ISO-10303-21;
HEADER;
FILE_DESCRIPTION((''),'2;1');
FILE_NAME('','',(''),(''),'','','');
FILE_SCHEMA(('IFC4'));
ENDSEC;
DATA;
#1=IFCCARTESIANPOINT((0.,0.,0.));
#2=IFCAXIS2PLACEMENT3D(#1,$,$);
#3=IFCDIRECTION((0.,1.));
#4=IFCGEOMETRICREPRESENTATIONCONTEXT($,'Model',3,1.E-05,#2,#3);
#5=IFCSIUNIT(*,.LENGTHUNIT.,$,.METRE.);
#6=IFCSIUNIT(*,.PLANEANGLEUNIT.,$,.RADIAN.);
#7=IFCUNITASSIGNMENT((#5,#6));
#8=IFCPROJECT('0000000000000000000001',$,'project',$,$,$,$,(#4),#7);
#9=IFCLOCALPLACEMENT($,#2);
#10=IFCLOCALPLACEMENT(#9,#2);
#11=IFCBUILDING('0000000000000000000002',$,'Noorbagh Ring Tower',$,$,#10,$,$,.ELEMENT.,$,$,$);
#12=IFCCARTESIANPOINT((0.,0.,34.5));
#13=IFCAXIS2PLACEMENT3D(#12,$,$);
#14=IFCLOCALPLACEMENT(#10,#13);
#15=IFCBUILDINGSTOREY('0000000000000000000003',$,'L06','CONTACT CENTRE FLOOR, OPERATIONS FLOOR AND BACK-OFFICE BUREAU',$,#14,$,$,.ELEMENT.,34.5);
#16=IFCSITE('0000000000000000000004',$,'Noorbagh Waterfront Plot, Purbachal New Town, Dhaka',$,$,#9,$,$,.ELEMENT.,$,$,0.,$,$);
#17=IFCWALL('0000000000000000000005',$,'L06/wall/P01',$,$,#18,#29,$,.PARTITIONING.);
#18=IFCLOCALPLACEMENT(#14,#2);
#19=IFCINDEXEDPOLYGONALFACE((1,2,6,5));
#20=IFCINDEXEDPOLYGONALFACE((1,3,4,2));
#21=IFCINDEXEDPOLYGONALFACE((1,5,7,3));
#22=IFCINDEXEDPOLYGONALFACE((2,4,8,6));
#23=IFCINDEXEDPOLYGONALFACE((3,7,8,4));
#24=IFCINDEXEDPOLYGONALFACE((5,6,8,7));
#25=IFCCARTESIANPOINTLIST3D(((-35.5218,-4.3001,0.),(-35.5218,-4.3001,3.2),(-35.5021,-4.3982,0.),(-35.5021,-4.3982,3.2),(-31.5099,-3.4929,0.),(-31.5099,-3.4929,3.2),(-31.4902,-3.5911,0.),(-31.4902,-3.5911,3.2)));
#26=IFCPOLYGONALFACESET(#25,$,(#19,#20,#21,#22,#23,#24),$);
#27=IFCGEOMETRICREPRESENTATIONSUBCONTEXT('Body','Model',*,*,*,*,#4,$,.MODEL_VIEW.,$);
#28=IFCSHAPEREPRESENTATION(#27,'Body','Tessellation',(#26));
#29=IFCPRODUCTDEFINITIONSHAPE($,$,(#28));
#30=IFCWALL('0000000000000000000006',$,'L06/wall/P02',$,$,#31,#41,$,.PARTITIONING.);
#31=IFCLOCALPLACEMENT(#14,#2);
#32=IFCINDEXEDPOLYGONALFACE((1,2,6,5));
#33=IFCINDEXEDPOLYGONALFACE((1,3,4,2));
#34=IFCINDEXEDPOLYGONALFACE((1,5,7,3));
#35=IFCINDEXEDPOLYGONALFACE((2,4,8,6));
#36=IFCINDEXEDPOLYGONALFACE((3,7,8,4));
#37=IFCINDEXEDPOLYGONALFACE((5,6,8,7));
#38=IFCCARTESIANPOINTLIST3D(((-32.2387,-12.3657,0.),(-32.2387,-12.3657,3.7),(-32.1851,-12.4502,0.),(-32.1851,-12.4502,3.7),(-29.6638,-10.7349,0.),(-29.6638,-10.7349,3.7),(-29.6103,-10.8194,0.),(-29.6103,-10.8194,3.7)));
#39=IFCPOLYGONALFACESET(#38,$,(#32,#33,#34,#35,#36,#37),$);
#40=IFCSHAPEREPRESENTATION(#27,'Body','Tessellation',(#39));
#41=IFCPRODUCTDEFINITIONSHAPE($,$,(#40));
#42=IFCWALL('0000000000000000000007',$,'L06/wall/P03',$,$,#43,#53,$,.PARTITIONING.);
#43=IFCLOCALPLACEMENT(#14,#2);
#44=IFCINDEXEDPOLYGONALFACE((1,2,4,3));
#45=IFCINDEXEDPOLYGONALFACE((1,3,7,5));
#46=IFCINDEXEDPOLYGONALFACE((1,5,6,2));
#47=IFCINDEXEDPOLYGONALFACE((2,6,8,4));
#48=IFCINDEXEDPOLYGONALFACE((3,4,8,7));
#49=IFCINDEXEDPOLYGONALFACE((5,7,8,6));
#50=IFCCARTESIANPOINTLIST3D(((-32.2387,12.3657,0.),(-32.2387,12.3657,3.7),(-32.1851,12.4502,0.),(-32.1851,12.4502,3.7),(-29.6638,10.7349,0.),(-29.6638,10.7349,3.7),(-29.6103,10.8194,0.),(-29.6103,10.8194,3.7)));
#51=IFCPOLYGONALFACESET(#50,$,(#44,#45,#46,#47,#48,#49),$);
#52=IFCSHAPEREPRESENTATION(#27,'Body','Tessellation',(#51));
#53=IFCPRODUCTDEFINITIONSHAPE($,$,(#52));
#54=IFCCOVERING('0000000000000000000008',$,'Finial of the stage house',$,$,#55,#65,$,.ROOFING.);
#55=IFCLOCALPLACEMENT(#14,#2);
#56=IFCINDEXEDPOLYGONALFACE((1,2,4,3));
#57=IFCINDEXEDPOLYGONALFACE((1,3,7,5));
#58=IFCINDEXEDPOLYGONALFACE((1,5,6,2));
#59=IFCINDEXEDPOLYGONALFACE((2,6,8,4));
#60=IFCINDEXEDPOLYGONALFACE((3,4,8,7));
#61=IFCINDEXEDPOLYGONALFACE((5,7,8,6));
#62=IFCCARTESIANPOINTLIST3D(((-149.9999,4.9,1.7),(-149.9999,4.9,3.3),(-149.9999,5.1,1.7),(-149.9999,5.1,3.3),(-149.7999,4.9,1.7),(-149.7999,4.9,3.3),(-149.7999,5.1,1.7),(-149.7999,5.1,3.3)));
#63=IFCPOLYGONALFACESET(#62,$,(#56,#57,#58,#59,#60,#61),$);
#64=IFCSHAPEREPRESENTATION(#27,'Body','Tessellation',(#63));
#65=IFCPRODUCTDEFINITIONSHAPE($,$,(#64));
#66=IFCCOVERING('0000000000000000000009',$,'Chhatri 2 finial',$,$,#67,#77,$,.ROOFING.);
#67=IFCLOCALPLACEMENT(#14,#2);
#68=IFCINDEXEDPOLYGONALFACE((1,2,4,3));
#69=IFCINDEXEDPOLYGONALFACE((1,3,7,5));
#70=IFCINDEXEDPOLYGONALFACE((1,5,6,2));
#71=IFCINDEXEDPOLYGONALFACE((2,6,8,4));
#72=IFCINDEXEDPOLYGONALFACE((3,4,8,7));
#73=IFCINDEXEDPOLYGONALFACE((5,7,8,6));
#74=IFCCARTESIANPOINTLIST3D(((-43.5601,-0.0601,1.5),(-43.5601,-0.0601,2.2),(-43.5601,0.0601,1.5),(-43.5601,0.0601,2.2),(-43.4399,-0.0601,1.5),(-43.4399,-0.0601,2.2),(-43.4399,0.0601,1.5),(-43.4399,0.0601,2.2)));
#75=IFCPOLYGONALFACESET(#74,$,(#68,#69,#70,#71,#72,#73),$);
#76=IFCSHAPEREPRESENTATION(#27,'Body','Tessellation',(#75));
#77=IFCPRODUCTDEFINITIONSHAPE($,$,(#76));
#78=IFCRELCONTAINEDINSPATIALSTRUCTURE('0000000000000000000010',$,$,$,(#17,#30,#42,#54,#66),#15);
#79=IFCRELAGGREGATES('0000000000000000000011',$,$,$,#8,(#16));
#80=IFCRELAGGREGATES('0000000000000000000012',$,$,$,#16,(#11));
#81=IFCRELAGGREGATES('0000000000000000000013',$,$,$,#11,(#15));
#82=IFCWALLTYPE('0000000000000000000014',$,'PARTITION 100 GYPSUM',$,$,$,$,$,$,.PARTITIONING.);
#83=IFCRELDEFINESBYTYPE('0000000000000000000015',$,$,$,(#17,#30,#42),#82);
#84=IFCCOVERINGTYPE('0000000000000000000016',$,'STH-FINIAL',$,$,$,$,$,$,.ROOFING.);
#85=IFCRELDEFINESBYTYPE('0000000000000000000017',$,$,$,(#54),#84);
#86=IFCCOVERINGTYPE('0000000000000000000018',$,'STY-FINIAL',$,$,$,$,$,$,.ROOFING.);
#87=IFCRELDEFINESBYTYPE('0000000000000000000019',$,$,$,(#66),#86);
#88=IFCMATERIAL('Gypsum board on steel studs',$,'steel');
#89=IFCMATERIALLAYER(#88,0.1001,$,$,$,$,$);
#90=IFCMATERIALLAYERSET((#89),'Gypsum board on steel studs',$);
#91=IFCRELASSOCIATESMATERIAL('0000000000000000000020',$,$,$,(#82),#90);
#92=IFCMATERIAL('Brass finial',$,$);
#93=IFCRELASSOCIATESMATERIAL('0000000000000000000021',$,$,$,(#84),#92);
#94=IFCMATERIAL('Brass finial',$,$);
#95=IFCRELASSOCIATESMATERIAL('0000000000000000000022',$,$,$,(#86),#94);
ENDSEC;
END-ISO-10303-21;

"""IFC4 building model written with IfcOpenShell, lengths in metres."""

from ifc_helpers import new_model, si_unit, direction, frame, frame_2d, origin, origin_2d, place, context, subcontext, project, spatial, rectangle, extrude, material, layer, layer_set, type_object, element, save


model = new_model("IFC4")

# Units and contexts
model_context = context("Model", 3, precision=1e-05, world=origin(), true_north=direction((0.0, 1.0)))
body_context = subcontext(model_context, "Body", "Model", "MODEL_VIEW")
ifc_project = project(units=[si_unit("LENGTHUNIT", "METRE"), si_unit("PLANEANGLEUNIT", "RADIAN")], contexts=[model_context])

# Site, building, storey
site_placement = place(None, origin())
site = spatial("IfcSite", under=ifc_project, at=site_placement, Name="Noorbagh Waterfront Plot, Purbachal New Town, Dhaka", CompositionType="ELEMENT", RefElevation=0.0)
building_placement = place(site_placement, origin())
building = spatial("IfcBuilding", under=site, at=building_placement, Name="Noorbagh Ring Tower", CompositionType="ELEMENT")
storey_placement = place(building_placement, frame((0.0, 0.0, 34.5)))
storey = spatial("IfcBuildingStorey", under=building, at=storey_placement, Name="L06", Description="CONTACT CENTRE FLOOR, OPERATIONS FLOOR AND BACK-OFFICE BUREAU", CompositionType="ELEMENT", Elevation=34.5)

# Walls
ifc_material_1 = material(Name="Gypsum board on steel studs", Category="steel")
ifc_layer_1 = layer(ifc_material_1, 0.1001)
ifc_layer_set_1 = layer_set([ifc_layer_1], Name="Gypsum board on steel studs")
wall_type_1 = type_object("IfcWallType", Name="PARTITION 100 GYPSUM", PredefinedType="PARTITIONING", material=ifc_layer_set_1)
wall_1_placement = place(storey_placement, frame((-35.512, -4.3491, 0.0), z_axis=(0.0, 0.0, 1.0), x_axis=(0.980357, 0.197229, 0.0)))
element("IfcWall", 1, at=wall_1_placement, inside=storey, type_object=wall_type_1, Name="L06/wall/P01", PredefinedType="PARTITIONING", context=body_context, shape_type="SweptSolid", body=[
    extrude(rectangle(XDim=4.0923, YDim=0.1001, at=frame_2d((2.0461, 0.0))), origin(), (0.0, 0.0, 1.0), 3.2),
])
for number, where, z_axis, x_axis, name in (
    (2, (-32.2119, -12.408, 0.0), (0.0, 0.0, 1.0), (0.844811, 0.535065, 0.0), "L06/wall/P02"),
    (3, (-32.2119, 12.408, 0.0), (0.0, 0.0, 1.0), (0.844811, -0.535065, 0.0), "L06/wall/P03"),
):
    element("IfcWall", number, at=place(storey_placement, frame(where, z_axis=z_axis, x_axis=x_axis)), inside=storey, type_object=wall_type_1, Name=name, PredefinedType="PARTITIONING", context=body_context, shape_type="SweptSolid", body=[
        extrude(rectangle(XDim=3.0479, YDim=0.1001, at=frame_2d((1.5239, 0.0))), origin(), (0.0, 0.0, 1.0), 3.7),
    ])

# Coverings
ifc_material_2 = material(Name="Brass finial")
covering_type_1 = type_object("IfcCoveringType", Name="STH-FINIAL", PredefinedType="ROOFING", material=ifc_material_2)
covering_1_placement = place(storey_placement, frame((-149.8999, 5.0, 1.7), z_axis=(0.0, 0.0, 1.0), x_axis=(1.0, 0.0, 0.0)))
element("IfcCovering", 4, at=covering_1_placement, inside=storey, type_object=covering_type_1, Name="Finial of the stage house", PredefinedType="ROOFING", context=body_context, shape_type="SweptSolid", body=[
    extrude(rectangle(XDim=0.2, YDim=0.2, at=origin_2d()), origin(), (0.0, 0.0, 1.0), 1.6001),
])
ifc_material_3 = material(Name="Brass finial")
covering_type_2 = type_object("IfcCoveringType", Name="STY-FINIAL", PredefinedType="ROOFING", material=ifc_material_3)
covering_2_placement = place(storey_placement, frame((-43.5, 0.0, 1.5), z_axis=(0.0, 0.0, 1.0), x_axis=(1.0, 0.0, 0.0)))
element("IfcCovering", 5, at=covering_2_placement, inside=storey, type_object=covering_type_2, Name="Chhatri 2 finial", PredefinedType="ROOFING", context=body_context, shape_type="SweptSolid", body=[
    extrude(rectangle(XDim=0.1201, YDim=0.1201, at=origin_2d()), origin(), (0.0, 0.0, 1.0), 0.7),
])

save(model, "model.ifc")
